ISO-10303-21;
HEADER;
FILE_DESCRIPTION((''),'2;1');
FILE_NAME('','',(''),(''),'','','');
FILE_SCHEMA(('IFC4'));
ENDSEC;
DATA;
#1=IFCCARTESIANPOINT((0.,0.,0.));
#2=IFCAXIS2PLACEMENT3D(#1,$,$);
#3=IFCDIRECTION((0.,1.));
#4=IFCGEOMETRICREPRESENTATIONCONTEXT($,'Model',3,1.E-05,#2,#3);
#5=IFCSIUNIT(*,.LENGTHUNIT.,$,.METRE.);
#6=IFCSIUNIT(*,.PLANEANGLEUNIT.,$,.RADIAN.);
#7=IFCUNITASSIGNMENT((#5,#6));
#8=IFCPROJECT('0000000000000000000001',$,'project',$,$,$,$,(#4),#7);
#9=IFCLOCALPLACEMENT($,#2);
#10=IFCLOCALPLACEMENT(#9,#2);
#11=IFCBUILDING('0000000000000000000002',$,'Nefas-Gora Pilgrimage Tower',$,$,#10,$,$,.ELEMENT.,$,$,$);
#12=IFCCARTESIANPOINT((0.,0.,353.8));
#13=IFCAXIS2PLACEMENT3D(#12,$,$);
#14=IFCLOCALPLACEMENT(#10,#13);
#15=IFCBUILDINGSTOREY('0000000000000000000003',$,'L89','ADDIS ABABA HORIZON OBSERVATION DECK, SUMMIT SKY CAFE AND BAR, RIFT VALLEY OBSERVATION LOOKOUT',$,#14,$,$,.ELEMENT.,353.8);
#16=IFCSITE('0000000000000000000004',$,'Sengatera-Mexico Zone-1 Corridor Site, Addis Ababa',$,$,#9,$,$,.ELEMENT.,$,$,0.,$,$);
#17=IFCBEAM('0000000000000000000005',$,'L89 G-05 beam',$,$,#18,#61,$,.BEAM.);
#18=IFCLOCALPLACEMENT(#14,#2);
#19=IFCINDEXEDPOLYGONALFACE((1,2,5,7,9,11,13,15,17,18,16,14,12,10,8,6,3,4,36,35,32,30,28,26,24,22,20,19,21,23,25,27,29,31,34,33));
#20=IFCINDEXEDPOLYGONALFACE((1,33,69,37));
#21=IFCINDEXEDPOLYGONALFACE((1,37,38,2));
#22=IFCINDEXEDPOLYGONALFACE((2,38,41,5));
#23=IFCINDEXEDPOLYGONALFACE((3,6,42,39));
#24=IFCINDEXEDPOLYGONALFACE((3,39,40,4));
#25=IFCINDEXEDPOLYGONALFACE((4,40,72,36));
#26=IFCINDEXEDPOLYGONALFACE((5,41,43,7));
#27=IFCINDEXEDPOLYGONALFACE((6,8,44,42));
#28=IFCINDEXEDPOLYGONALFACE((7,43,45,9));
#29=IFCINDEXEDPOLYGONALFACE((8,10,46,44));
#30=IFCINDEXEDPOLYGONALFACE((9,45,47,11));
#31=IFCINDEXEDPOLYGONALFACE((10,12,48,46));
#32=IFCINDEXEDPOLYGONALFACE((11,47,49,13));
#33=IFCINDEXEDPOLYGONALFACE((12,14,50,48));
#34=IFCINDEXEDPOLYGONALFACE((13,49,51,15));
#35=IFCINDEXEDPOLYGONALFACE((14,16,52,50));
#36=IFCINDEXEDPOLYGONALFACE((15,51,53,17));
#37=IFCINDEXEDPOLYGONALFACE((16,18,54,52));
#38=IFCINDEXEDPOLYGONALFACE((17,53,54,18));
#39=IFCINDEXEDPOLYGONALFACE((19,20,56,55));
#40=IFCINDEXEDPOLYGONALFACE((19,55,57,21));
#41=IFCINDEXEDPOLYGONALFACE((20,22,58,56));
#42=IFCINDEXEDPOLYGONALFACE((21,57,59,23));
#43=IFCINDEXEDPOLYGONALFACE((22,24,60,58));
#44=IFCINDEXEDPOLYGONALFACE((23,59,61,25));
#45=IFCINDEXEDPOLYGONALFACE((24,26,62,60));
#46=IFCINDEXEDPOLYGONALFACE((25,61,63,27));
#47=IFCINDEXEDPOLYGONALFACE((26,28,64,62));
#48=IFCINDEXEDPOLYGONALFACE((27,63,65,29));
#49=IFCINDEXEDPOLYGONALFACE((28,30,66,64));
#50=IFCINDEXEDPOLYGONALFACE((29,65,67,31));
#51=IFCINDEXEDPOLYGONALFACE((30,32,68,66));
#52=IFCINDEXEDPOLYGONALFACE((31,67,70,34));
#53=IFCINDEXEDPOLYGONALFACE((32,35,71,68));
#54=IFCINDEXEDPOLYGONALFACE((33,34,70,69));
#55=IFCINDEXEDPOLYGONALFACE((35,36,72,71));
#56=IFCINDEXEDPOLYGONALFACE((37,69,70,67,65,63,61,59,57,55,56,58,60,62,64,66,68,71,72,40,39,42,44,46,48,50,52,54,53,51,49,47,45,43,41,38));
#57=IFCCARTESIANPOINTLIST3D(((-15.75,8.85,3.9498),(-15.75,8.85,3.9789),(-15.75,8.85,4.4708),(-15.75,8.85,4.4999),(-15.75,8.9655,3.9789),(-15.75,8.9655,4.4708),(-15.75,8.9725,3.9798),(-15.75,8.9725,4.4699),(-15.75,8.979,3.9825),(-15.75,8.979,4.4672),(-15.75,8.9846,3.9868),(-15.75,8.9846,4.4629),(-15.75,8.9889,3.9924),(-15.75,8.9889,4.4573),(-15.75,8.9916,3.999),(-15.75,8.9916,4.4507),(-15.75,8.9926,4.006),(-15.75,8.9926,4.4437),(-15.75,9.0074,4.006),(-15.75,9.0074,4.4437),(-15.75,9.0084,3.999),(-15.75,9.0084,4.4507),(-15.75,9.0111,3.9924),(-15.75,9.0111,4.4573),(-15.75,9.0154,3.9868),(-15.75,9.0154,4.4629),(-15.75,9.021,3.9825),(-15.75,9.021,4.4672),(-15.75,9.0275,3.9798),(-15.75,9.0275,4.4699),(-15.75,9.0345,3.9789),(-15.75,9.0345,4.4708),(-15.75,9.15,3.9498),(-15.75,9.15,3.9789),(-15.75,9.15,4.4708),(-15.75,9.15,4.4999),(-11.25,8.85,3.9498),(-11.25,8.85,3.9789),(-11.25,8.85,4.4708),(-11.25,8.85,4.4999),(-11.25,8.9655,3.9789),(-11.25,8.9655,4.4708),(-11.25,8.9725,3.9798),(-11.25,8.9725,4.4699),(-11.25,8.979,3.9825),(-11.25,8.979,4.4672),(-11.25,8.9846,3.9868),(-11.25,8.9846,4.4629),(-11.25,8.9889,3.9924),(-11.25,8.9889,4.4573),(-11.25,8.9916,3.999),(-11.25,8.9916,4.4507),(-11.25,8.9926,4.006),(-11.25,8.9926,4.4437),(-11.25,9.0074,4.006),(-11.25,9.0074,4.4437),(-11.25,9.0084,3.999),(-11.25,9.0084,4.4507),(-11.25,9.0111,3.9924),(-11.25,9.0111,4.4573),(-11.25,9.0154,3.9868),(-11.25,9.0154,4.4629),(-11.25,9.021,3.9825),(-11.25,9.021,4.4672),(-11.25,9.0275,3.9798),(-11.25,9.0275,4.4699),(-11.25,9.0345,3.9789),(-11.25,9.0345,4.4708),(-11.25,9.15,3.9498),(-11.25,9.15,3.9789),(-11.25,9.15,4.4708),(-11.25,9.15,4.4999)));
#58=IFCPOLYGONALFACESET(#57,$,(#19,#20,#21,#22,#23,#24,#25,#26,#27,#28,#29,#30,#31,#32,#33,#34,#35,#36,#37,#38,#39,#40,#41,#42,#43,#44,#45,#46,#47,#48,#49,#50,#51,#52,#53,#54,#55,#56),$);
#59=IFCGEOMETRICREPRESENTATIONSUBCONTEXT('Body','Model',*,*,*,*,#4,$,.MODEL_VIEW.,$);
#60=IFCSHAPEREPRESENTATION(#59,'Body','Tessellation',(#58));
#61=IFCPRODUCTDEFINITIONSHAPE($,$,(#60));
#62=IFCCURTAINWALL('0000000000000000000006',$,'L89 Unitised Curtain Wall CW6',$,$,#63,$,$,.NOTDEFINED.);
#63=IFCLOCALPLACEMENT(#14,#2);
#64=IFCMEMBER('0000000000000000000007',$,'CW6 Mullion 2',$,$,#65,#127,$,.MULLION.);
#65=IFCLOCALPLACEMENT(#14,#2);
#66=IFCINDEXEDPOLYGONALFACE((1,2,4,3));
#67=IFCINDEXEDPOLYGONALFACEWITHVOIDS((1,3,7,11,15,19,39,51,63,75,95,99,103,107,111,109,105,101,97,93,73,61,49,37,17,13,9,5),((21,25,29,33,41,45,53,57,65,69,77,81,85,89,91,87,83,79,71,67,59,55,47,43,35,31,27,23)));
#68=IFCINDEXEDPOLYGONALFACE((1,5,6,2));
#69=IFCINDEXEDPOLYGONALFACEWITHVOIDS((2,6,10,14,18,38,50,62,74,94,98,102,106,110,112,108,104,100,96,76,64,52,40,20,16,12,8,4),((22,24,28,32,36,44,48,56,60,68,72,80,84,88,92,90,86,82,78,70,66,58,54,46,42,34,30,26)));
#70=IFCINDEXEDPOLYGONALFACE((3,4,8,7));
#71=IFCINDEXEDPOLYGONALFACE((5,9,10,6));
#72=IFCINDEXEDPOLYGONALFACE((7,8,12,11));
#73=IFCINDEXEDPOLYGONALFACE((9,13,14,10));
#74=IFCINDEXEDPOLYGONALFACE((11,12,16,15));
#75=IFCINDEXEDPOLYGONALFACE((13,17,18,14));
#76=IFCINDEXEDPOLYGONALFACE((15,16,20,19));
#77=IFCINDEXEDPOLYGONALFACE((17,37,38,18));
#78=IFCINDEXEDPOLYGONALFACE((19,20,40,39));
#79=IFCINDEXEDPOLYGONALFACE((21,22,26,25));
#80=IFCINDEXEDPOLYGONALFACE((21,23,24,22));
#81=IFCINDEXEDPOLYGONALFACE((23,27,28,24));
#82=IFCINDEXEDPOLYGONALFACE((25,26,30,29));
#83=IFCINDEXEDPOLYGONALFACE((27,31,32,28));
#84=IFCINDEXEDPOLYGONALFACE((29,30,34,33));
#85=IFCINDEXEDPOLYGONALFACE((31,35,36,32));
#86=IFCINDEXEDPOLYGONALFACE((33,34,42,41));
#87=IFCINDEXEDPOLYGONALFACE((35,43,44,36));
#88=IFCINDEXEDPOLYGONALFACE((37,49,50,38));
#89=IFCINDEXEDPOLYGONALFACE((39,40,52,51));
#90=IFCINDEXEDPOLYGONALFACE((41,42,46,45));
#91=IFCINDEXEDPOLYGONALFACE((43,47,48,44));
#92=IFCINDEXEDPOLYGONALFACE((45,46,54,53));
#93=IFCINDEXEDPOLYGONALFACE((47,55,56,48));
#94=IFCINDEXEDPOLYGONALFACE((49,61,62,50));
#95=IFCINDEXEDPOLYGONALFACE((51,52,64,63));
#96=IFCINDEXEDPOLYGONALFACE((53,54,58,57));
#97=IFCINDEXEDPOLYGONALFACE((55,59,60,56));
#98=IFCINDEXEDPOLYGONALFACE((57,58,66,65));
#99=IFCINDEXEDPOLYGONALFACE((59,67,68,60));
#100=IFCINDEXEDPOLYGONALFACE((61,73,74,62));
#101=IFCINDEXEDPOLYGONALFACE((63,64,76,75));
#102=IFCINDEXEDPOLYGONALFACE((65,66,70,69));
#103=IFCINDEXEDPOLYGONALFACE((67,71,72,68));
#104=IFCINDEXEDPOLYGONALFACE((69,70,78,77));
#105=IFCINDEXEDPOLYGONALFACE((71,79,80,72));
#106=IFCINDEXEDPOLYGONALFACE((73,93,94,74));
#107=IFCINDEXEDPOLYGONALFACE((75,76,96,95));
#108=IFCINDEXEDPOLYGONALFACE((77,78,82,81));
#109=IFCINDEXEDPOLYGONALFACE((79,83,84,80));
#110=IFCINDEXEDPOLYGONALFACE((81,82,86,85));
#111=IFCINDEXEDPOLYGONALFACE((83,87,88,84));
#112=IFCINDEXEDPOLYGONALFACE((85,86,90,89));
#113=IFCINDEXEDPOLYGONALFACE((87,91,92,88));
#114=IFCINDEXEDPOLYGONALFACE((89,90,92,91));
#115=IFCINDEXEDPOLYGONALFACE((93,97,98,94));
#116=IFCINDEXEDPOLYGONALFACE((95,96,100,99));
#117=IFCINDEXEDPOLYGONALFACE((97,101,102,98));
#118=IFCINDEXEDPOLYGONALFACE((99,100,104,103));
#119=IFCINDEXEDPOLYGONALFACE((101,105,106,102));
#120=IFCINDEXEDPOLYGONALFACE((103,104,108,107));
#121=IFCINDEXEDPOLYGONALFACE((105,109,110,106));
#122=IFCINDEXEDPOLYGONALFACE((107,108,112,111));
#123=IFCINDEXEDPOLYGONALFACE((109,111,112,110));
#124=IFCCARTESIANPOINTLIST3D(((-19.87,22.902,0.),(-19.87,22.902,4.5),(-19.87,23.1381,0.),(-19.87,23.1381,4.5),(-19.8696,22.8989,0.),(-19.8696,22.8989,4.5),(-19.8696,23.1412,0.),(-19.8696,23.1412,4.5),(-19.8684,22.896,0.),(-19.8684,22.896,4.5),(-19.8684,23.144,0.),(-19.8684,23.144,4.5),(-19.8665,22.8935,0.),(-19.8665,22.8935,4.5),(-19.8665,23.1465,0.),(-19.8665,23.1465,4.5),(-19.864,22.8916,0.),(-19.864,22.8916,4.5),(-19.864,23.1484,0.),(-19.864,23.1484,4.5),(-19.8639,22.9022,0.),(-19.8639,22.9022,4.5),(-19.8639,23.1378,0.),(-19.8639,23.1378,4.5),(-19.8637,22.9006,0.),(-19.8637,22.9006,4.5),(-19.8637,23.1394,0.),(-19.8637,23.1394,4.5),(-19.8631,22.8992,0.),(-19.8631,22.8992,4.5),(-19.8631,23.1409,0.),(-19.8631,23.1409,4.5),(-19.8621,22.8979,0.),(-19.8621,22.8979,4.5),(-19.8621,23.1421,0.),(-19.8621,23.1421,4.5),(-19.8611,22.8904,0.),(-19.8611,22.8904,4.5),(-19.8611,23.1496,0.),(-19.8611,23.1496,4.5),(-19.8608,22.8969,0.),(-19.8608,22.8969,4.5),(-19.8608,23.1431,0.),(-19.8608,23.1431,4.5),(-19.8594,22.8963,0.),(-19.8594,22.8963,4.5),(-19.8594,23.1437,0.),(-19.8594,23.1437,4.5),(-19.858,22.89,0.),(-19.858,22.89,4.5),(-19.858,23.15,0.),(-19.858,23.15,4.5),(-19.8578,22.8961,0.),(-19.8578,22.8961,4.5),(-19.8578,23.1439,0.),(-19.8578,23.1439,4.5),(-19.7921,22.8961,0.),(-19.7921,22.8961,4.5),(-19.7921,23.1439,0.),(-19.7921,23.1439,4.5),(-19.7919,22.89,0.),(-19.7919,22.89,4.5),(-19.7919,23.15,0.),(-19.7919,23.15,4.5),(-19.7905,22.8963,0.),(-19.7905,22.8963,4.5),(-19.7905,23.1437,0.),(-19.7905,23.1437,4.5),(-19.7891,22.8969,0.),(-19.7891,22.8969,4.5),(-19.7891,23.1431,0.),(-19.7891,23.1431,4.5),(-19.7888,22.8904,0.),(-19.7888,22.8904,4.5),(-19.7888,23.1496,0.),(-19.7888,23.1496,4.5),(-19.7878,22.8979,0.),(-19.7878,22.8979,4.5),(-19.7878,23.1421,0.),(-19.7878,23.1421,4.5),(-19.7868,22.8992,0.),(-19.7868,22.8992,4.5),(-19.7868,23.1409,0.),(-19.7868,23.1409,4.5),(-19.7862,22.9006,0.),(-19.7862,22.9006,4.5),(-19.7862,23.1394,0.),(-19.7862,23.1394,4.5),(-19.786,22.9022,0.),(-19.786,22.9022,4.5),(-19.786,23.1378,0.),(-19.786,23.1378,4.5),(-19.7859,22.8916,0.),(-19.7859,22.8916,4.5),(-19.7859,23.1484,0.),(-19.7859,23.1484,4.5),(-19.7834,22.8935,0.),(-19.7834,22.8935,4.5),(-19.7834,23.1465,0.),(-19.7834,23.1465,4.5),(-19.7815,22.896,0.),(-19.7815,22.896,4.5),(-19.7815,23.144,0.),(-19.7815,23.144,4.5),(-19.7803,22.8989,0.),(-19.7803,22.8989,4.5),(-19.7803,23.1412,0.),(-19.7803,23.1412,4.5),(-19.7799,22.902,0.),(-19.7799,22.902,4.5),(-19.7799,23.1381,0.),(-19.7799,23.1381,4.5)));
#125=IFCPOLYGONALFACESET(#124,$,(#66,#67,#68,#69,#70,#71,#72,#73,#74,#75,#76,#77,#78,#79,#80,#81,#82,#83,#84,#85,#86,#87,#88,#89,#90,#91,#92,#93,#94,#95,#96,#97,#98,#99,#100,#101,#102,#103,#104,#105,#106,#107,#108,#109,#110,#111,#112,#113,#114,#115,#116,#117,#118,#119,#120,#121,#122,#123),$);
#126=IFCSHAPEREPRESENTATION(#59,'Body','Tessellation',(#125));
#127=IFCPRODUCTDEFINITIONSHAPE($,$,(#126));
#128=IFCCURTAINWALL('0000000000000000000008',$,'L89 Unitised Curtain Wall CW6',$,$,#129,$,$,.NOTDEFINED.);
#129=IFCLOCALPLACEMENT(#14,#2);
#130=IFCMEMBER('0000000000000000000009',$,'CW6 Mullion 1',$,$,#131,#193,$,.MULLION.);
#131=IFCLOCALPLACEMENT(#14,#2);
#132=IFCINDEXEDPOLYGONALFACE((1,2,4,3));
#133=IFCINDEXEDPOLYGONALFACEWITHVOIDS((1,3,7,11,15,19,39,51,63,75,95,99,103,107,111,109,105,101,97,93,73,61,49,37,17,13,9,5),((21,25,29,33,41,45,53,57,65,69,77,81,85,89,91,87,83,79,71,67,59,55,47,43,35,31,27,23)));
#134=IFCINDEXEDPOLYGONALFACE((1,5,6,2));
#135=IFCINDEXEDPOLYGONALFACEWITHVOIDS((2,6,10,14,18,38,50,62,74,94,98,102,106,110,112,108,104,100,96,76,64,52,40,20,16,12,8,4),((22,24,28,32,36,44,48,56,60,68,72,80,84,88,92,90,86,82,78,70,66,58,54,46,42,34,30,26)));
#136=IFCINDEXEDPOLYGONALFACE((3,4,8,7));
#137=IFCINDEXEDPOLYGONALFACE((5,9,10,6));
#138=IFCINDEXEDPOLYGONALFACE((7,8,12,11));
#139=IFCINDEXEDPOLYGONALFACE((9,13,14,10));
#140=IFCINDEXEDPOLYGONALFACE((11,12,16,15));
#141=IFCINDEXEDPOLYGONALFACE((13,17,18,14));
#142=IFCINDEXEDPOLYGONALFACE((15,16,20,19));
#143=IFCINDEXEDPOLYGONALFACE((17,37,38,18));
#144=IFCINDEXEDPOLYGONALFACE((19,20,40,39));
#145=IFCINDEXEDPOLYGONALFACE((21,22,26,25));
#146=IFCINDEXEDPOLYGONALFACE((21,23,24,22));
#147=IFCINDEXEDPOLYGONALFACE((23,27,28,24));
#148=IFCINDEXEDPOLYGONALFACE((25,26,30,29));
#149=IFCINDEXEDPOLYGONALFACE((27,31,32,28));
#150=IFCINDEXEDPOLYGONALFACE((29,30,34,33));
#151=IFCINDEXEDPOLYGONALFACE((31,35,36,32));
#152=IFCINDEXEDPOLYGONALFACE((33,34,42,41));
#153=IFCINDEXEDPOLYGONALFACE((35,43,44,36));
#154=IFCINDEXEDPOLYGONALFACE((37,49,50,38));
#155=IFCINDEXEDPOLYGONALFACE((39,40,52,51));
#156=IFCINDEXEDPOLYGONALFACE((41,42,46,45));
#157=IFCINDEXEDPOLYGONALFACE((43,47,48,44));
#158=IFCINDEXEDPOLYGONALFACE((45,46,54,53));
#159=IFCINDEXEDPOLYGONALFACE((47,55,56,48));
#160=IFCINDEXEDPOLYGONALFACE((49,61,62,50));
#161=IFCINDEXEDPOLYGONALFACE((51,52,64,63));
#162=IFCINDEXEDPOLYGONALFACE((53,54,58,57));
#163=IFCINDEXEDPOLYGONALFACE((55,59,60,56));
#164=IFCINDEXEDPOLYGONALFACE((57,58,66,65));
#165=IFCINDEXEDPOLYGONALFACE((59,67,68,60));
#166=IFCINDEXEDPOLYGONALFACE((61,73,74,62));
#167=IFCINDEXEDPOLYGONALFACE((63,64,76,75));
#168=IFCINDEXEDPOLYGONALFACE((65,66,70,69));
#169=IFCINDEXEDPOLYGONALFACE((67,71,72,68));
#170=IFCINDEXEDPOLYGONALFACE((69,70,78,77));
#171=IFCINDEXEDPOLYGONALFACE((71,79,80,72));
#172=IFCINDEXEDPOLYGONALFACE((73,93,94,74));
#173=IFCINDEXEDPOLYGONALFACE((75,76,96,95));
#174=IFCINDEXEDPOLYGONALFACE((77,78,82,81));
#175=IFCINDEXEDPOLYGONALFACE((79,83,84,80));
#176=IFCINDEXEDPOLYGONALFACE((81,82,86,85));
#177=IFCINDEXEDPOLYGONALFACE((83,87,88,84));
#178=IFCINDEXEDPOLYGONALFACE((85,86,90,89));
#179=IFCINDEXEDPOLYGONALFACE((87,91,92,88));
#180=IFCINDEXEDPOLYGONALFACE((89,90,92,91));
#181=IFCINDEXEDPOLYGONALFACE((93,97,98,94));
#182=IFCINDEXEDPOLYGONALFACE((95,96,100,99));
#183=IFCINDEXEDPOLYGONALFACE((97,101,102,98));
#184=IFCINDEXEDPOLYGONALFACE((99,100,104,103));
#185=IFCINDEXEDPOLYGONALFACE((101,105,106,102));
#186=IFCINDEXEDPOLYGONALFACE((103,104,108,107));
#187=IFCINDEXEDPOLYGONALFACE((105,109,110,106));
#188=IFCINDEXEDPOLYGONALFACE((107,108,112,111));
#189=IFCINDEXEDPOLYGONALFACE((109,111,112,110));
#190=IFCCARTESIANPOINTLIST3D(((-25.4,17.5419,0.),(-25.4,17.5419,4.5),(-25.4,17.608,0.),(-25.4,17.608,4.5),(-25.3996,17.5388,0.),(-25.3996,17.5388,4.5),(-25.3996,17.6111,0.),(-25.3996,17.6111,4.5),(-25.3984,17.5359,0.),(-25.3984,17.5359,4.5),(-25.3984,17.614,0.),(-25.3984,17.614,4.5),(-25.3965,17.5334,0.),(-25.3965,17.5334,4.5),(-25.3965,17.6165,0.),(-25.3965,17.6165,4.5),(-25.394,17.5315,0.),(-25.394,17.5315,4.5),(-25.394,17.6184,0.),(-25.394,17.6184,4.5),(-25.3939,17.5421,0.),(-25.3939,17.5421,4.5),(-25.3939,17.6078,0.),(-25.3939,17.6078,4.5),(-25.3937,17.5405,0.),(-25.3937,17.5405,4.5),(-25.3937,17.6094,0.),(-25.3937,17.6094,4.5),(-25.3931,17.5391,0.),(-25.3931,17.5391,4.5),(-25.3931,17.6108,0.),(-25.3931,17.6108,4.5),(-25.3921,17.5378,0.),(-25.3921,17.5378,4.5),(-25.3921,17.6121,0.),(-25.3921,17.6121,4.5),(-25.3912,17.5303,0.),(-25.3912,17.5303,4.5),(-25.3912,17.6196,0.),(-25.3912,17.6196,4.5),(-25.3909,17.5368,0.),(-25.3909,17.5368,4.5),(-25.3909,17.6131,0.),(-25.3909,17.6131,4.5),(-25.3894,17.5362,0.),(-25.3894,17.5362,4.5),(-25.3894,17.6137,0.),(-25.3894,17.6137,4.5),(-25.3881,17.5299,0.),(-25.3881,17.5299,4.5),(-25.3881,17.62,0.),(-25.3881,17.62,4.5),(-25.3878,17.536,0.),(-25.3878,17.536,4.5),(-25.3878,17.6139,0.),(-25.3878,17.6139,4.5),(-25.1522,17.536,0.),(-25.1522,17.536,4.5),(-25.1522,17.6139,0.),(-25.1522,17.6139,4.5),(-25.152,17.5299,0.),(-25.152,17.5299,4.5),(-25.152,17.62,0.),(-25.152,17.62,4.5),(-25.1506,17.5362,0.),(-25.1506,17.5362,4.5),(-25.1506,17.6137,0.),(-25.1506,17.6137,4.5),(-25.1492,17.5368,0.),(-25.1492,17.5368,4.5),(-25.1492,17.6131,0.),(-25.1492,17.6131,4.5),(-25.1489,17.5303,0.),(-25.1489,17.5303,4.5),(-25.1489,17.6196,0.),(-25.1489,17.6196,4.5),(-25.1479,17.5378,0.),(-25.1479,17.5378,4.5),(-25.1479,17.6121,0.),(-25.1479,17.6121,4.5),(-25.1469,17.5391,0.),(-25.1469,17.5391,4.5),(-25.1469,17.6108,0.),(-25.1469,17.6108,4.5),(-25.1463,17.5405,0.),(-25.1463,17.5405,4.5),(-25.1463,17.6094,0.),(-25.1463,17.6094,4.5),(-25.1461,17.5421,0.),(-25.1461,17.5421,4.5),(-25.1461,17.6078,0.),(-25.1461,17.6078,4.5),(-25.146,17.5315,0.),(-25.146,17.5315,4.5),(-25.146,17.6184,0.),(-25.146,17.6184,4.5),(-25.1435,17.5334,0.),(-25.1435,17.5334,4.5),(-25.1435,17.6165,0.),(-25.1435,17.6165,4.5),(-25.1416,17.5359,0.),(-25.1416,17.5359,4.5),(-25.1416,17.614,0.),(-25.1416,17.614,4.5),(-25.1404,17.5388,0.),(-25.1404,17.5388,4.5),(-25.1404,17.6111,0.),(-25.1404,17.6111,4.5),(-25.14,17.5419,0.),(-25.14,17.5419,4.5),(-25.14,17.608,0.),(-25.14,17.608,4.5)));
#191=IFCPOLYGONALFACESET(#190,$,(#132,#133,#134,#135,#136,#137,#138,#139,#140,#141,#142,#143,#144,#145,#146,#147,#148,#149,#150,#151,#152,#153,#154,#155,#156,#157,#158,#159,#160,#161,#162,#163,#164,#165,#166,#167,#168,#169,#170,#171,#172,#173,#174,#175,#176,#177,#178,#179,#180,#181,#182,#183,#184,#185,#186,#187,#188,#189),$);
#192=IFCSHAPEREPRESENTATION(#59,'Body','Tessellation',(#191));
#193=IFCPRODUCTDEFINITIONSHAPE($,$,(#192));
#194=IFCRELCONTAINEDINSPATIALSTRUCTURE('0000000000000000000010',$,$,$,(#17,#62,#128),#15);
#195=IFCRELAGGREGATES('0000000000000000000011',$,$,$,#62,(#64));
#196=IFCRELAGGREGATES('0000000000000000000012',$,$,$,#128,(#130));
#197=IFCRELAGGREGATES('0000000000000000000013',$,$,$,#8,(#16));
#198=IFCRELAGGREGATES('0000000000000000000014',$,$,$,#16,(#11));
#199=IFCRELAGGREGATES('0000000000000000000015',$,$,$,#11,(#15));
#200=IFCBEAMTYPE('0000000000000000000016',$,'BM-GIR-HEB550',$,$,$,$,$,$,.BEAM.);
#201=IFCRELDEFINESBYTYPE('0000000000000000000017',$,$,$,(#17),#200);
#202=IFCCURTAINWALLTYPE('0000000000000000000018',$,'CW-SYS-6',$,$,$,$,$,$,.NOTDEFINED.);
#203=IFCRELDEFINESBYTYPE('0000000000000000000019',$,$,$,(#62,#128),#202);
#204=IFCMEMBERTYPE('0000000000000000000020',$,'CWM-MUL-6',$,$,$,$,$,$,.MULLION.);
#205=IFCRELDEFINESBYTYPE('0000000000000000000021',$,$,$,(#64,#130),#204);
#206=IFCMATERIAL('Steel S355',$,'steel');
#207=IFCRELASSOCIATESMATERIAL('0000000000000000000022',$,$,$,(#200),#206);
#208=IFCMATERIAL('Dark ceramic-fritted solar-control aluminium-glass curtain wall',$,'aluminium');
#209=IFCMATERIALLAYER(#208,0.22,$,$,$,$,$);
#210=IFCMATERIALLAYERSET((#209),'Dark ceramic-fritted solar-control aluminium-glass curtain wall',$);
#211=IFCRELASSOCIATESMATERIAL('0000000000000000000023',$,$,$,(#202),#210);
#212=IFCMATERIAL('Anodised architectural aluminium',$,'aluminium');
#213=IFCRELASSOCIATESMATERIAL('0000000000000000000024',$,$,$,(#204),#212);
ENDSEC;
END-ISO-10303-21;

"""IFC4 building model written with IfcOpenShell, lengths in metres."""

from ifc_helpers import new_model, si_unit, direction, frame, origin, origin_2d, place, context, subcontext, project, spatial, hollow_rectangle, i_section, extrude, source, transform, mapped, material, layer, layer_set, material_profile, profile_set, type_object, element, aggregate, save


model = new_model("IFC4")

# Units and contexts
model_context = context("Model", 3, precision=1e-05, world=origin(), true_north=direction((0.0, 1.0)))
body_context = subcontext(model_context, "Body", "Model", "MODEL_VIEW")
ifc_project = project(units=[si_unit("LENGTHUNIT", "METRE"), si_unit("PLANEANGLEUNIT", "RADIAN")], contexts=[model_context])

# Site, building, storey
site_placement = place(None, origin())
site = spatial("IfcSite", under=ifc_project, at=site_placement, Name="Sengatera-Mexico Zone-1 Corridor Site, Addis Ababa", CompositionType="ELEMENT", RefElevation=0.0)
building_placement = place(site_placement, origin())
building = spatial("IfcBuilding", under=site, at=building_placement, Name="Nefas-Gora Pilgrimage Tower", CompositionType="ELEMENT")
storey_placement = place(building_placement, frame((0.0, 0.0, 353.8)))
storey = spatial("IfcBuildingStorey", under=building, at=storey_placement, Name="L89", Description="ADDIS ABABA HORIZON OBSERVATION DECK, SUMMIT SKY CAFE AND BAR, RIFT VALLEY OBSERVATION LOOKOUT", CompositionType="ELEMENT", Elevation=353.8)

# Shared definitions
ifc_material_1 = material(Name="Steel S355", Category="steel")

# Beam
ifc_material_profile_1 = material_profile(ifc_material_1, i_section(OverallWidth=0.3, OverallDepth=0.55, WebThickness=0.0149, FlangeThickness=0.0291, FilletRadius=0.0271, at=origin_2d()), Name="HEB 550")
ifc_profile_set_1 = profile_set([ifc_material_profile_1], Name="Steel S355")
beam_type = type_object("IfcBeamType", Name="BM-GIR-HEB550", PredefinedType="BEAM", material=ifc_profile_set_1)
shared_shape_1 = source(origin(), body_context, "Body", "SweptSolid", [
    extrude(i_section(OverallWidth=0.3, OverallDepth=0.55, WebThickness=0.0149, FlangeThickness=0.0291, FilletRadius=0.0271, at=origin_2d()), origin(), (0.0, 0.0, 1.0), 4.5),
])
for number, where, z_axis, x_axis, name in (
    (1, (-15.75, 9.0, 4.2249), (1.0, 0.0, 0.0), (0.0, 1.0, 0.0), "L89 G-05 beam"),
):
    element("IfcBeam", number, at=place(storey_placement, frame(where, z_axis=z_axis, x_axis=x_axis)), inside=storey, type_object=beam_type, Name=name, PredefinedType="BEAM", context=body_context, shape_type="MappedRepresentation", body=[
        mapped(shared_shape_1, transform((0.0, 0.0, 0.0), x_axis=(1.0, 0.0, 0.0), y_axis=(0.0, 1.0, 0.0), z_axis=(0.0, 0.0, 1.0), scale=1.0)),
    ])

# Curtain wall, member
ifc_material_2 = material(Name="Dark ceramic-fritted solar-control aluminium-glass curtain wall", Category="aluminium")
ifc_layer_1 = layer(ifc_material_2, 0.22)
ifc_layer_set_1 = layer_set([ifc_layer_1], Name="Dark ceramic-fritted solar-control aluminium-glass curtain wall")
curtain_wall_type = type_object("IfcCurtainWallType", Name="CW-SYS-6", PredefinedType="NOTDEFINED", material=ifc_layer_set_1)
curtain_wall_1_placement = place(storey_placement, origin())
curtain_wall_1 = element("IfcCurtainWall", 2, at=curtain_wall_1_placement, inside=storey, type_object=curtain_wall_type, Name="L89 Unitised Curtain Wall CW6", PredefinedType="NOTDEFINED")
ifc_material_3 = material(Name="Anodised architectural aluminium", Category="aluminium")
ifc_material_profile_2 = material_profile(ifc_material_3, hollow_rectangle(XDim=0.0901, YDim=0.26, WallThickness=0.0061, InnerFilletRadius=0.0061, OuterFilletRadius=0.012, at=origin_2d()), Name="ALU MULLION 90x260")
ifc_profile_set_2 = profile_set([ifc_material_profile_2], Name="Anodised architectural aluminium")
member_type_1 = type_object("IfcMemberType", Name="CWM-MUL-6", PredefinedType="MULLION", material=ifc_profile_set_2)
shared_shape_2 = source(origin(), body_context, "Body", "SweptSolid", [
    extrude(hollow_rectangle(XDim=0.0901, YDim=0.26, WallThickness=0.0061, InnerFilletRadius=0.0061, OuterFilletRadius=0.012, at=origin_2d()), origin(), (0.0, 0.0, 1.0), 4.5),
])
member_1_placement = place(storey_placement, frame((-19.825, 23.02, 0.0), z_axis=(0.0, 0.0, 1.0), x_axis=(-1.0, 0.0, 0.0)))
member_1 = element("IfcMember", 3, at=member_1_placement, type_object=member_type_1, Name="CW6 Mullion 2", PredefinedType="MULLION", context=body_context, shape_type="MappedRepresentation", body=[
    mapped(shared_shape_2, transform((0.0, 0.0, 0.0), x_axis=(1.0, 0.0, 0.0), y_axis=(0.0, 1.0, 0.0), z_axis=(0.0, 0.0, 1.0), scale=1.0)),
])
aggregate(curtain_wall_1, [member_1])

# Curtain wall, member
curtain_wall_2_placement = place(storey_placement, origin())
curtain_wall_2 = element("IfcCurtainWall", 4, at=curtain_wall_2_placement, inside=storey, type_object=curtain_wall_type, Name="L89 Unitised Curtain Wall CW6", PredefinedType="NOTDEFINED")
member_2_placement = place(storey_placement, frame((-25.27, 17.575, 0.0), z_axis=(0.0, 0.0, 1.0), x_axis=(0.0, -1.0, 0.0)))
member_2 = element("IfcMember", 5, at=member_2_placement, type_object=member_type_1, Name="CW6 Mullion 1", PredefinedType="MULLION", context=body_context, shape_type="MappedRepresentation", body=[
    mapped(shared_shape_2, transform((0.0, 0.0, 0.0), x_axis=(1.0, 0.0, 0.0), y_axis=(0.0, 1.0, 0.0), z_axis=(0.0, 0.0, 1.0), scale=1.0)),
])

aggregate(curtain_wall_2, [member_2])

save(model, "model.ifc")
